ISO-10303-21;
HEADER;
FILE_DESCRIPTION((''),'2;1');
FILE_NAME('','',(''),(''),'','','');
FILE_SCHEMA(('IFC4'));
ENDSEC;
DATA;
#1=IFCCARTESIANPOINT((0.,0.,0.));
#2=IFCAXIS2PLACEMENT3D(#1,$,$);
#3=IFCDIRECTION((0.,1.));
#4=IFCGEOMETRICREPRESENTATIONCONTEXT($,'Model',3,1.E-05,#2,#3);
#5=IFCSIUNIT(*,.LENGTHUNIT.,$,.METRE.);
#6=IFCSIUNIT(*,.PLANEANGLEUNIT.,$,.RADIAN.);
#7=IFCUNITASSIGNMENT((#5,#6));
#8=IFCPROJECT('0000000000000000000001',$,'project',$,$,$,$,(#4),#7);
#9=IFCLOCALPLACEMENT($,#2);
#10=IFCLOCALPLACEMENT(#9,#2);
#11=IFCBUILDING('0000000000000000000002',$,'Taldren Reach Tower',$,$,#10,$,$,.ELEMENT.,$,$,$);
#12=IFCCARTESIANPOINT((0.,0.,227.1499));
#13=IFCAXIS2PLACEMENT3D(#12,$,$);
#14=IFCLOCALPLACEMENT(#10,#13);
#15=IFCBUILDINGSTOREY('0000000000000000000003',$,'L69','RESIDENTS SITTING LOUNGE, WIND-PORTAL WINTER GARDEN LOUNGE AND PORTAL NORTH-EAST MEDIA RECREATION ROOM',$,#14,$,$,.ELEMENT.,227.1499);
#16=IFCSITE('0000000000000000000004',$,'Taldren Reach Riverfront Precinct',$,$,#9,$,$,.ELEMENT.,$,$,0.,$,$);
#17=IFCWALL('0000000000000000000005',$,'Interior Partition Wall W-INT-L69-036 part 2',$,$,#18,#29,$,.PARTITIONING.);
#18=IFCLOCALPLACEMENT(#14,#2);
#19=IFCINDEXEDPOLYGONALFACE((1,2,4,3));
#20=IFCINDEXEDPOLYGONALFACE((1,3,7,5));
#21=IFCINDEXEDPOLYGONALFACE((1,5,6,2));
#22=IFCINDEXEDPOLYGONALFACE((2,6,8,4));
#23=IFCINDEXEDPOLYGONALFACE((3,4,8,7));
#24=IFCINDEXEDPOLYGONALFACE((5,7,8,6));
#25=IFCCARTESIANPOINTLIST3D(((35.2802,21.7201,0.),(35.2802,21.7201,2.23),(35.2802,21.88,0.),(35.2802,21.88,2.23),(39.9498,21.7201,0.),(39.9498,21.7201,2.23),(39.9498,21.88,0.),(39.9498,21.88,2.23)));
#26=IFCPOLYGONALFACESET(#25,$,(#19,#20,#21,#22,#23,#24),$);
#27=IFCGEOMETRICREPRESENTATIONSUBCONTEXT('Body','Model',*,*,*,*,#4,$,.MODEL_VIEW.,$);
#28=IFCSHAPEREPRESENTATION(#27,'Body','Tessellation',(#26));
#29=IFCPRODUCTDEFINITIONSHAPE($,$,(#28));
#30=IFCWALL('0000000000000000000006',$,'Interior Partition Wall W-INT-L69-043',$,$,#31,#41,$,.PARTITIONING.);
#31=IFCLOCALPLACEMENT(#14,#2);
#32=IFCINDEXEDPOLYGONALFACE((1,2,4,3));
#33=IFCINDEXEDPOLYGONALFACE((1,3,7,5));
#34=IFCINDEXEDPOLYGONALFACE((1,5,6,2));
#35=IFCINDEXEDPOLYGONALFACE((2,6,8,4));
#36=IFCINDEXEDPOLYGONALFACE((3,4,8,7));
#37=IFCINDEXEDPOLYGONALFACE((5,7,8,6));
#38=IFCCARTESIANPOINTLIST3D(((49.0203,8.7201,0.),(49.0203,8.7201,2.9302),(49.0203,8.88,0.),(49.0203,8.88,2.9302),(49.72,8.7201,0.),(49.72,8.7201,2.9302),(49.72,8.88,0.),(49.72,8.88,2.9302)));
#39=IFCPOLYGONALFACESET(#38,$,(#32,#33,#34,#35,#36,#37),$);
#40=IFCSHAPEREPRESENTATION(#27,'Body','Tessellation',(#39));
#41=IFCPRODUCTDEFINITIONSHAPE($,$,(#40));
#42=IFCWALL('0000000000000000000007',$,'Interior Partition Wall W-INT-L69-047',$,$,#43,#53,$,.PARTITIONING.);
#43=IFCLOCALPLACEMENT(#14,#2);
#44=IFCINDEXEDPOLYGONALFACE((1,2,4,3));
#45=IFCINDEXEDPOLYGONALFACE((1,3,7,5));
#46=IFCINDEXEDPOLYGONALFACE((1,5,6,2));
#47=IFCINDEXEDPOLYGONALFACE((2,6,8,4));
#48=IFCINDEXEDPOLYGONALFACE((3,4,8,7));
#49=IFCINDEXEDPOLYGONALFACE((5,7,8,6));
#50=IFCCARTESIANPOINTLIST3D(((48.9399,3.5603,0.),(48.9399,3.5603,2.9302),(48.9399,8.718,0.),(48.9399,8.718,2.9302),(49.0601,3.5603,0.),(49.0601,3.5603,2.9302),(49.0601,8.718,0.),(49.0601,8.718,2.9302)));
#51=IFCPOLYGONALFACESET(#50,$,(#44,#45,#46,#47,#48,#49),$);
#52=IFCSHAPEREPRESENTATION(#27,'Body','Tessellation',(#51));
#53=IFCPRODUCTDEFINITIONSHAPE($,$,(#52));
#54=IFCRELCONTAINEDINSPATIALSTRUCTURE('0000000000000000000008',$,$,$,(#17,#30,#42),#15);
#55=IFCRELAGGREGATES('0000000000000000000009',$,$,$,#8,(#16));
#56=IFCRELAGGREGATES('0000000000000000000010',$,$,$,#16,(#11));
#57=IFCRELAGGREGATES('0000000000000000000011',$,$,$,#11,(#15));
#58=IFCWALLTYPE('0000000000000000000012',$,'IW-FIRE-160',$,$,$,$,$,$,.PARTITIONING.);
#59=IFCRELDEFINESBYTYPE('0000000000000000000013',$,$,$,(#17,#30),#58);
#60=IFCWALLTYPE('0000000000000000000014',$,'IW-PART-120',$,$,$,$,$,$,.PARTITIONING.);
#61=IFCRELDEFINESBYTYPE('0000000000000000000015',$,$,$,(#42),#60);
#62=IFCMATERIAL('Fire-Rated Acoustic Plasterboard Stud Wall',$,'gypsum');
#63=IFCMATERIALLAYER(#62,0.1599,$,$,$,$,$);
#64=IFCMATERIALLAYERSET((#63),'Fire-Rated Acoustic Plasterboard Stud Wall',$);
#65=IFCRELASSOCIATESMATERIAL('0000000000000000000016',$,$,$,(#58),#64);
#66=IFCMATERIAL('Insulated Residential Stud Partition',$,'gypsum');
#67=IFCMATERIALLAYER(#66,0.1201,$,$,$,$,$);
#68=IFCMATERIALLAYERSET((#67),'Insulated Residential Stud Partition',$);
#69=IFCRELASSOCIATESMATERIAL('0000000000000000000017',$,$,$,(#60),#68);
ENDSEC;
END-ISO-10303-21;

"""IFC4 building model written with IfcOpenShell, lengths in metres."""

from ifc_helpers import new_model, si_unit, direction, frame, frame_2d, origin, place, context, subcontext, project, spatial, rectangle, extrude, source, transform, mapped, material, layer, layer_set, type_object, element, save


model = new_model("IFC4")

# Units and contexts
model_context = context("Model", 3, precision=1e-05, world=origin(), true_north=direction((0.0, 1.0)))
body_context = subcontext(model_context, "Body", "Model", "MODEL_VIEW")
ifc_project = project(units=[si_unit("LENGTHUNIT", "METRE"), si_unit("PLANEANGLEUNIT", "RADIAN")], contexts=[model_context])

# Site, building, storey
site_placement = place(None, origin())
site = spatial("IfcSite", under=ifc_project, at=site_placement, Name="Taldren Reach Riverfront Precinct", CompositionType="ELEMENT", RefElevation=0.0)
building_placement = place(site_placement, origin())
building = spatial("IfcBuilding", under=site, at=building_placement, Name="Taldren Reach Tower", CompositionType="ELEMENT")
storey_placement = place(building_placement, frame((0.0, 0.0, 227.1499)))
storey = spatial("IfcBuildingStorey", under=building, at=storey_placement, Name="L69", Description="RESIDENTS SITTING LOUNGE, WIND-PORTAL WINTER GARDEN LOUNGE AND PORTAL NORTH-EAST MEDIA RECREATION ROOM", CompositionType="ELEMENT", Elevation=227.1499)

# Shared definitions
ifc_material_1 = material(Name="Fire-Rated Acoustic Plasterboard Stud Wall", Category="gypsum")
ifc_layer_1 = layer(ifc_material_1, 0.1599)
ifc_layer_set_1 = layer_set([ifc_layer_1], Name="Fire-Rated Acoustic Plasterboard Stud Wall")
wall_type_1 = type_object("IfcWallType", Name="IW-FIRE-160", PredefinedType="PARTITIONING", material=ifc_layer_set_1)

# Walls
shared_shape_1 = source(origin(), body_context, "Body", "SweptSolid", [
    extrude(rectangle(XDim=4.6697, YDim=0.1599, at=frame_2d((2.335, 0.0))), origin(), (0.0, 0.0, 1.0), 2.23),
])
wall_1_placement = place(storey_placement, frame((39.95, 21.8, 0.0), z_axis=(0.0, 0.0, 1.0), x_axis=(-1.0, 0.0, 0.0)))
element("IfcWall", 1, at=wall_1_placement, inside=storey, type_object=wall_type_1, Name="Interior Partition Wall W-INT-L69-036 part 2", PredefinedType="PARTITIONING", context=body_context, shape_type="MappedRepresentation", body=[
    mapped(shared_shape_1, transform((0.0, 0.0, 0.0), scale=1.0)),
])
shared_shape_2 = source(origin(), body_context, "Body", "SweptSolid", [
    extrude(rectangle(XDim=0.6997, YDim=0.1599, at=frame_2d((0.3499, 0.0))), origin(), (0.0, 0.0, 1.0), 2.9302),
])
wall_2_placement = place(storey_placement, frame((49.72, 8.8, 0.0), z_axis=(0.0, 0.0, 1.0), x_axis=(-1.0, 0.0, 0.0)))
element("IfcWall", 2, at=wall_2_placement, inside=storey, type_object=wall_type_1, Name="Interior Partition Wall W-INT-L69-043", PredefinedType="PARTITIONING", context=body_context, shape_type="MappedRepresentation", body=[
    mapped(shared_shape_2, transform((0.0, 0.0, 0.0), scale=1.0)),
])
ifc_material_2 = material(Name="Insulated Residential Stud Partition", Category="gypsum")
ifc_layer_2 = layer(ifc_material_2, 0.1201)
ifc_layer_set_2 = layer_set([ifc_layer_2], Name="Insulated Residential Stud Partition")
wall_type_2 = type_object("IfcWallType", Name="IW-PART-120", PredefinedType="PARTITIONING", material=ifc_layer_set_2)
shared_shape_3 = source(origin(), body_context, "Body", "SweptSolid", [
    extrude(rectangle(XDim=5.1577, YDim=0.1201, at=frame_2d((2.5789, 0.0))), origin(), (0.0, 0.0, 1.0), 2.9302),
])
wall_3_placement = place(storey_placement, frame((49.0, 8.718, 0.0), z_axis=(0.0, 0.0, 1.0), x_axis=(0.0, -1.0, 0.0)))
element("IfcWall", 3, at=wall_3_placement, inside=storey, type_object=wall_type_2, Name="Interior Partition Wall W-INT-L69-047", PredefinedType="PARTITIONING", context=body_context, shape_type="MappedRepresentation", body=[
    mapped(shared_shape_3, transform((0.0, 0.0, 0.0), scale=1.0)),
])

save(model, "model.ifc")
